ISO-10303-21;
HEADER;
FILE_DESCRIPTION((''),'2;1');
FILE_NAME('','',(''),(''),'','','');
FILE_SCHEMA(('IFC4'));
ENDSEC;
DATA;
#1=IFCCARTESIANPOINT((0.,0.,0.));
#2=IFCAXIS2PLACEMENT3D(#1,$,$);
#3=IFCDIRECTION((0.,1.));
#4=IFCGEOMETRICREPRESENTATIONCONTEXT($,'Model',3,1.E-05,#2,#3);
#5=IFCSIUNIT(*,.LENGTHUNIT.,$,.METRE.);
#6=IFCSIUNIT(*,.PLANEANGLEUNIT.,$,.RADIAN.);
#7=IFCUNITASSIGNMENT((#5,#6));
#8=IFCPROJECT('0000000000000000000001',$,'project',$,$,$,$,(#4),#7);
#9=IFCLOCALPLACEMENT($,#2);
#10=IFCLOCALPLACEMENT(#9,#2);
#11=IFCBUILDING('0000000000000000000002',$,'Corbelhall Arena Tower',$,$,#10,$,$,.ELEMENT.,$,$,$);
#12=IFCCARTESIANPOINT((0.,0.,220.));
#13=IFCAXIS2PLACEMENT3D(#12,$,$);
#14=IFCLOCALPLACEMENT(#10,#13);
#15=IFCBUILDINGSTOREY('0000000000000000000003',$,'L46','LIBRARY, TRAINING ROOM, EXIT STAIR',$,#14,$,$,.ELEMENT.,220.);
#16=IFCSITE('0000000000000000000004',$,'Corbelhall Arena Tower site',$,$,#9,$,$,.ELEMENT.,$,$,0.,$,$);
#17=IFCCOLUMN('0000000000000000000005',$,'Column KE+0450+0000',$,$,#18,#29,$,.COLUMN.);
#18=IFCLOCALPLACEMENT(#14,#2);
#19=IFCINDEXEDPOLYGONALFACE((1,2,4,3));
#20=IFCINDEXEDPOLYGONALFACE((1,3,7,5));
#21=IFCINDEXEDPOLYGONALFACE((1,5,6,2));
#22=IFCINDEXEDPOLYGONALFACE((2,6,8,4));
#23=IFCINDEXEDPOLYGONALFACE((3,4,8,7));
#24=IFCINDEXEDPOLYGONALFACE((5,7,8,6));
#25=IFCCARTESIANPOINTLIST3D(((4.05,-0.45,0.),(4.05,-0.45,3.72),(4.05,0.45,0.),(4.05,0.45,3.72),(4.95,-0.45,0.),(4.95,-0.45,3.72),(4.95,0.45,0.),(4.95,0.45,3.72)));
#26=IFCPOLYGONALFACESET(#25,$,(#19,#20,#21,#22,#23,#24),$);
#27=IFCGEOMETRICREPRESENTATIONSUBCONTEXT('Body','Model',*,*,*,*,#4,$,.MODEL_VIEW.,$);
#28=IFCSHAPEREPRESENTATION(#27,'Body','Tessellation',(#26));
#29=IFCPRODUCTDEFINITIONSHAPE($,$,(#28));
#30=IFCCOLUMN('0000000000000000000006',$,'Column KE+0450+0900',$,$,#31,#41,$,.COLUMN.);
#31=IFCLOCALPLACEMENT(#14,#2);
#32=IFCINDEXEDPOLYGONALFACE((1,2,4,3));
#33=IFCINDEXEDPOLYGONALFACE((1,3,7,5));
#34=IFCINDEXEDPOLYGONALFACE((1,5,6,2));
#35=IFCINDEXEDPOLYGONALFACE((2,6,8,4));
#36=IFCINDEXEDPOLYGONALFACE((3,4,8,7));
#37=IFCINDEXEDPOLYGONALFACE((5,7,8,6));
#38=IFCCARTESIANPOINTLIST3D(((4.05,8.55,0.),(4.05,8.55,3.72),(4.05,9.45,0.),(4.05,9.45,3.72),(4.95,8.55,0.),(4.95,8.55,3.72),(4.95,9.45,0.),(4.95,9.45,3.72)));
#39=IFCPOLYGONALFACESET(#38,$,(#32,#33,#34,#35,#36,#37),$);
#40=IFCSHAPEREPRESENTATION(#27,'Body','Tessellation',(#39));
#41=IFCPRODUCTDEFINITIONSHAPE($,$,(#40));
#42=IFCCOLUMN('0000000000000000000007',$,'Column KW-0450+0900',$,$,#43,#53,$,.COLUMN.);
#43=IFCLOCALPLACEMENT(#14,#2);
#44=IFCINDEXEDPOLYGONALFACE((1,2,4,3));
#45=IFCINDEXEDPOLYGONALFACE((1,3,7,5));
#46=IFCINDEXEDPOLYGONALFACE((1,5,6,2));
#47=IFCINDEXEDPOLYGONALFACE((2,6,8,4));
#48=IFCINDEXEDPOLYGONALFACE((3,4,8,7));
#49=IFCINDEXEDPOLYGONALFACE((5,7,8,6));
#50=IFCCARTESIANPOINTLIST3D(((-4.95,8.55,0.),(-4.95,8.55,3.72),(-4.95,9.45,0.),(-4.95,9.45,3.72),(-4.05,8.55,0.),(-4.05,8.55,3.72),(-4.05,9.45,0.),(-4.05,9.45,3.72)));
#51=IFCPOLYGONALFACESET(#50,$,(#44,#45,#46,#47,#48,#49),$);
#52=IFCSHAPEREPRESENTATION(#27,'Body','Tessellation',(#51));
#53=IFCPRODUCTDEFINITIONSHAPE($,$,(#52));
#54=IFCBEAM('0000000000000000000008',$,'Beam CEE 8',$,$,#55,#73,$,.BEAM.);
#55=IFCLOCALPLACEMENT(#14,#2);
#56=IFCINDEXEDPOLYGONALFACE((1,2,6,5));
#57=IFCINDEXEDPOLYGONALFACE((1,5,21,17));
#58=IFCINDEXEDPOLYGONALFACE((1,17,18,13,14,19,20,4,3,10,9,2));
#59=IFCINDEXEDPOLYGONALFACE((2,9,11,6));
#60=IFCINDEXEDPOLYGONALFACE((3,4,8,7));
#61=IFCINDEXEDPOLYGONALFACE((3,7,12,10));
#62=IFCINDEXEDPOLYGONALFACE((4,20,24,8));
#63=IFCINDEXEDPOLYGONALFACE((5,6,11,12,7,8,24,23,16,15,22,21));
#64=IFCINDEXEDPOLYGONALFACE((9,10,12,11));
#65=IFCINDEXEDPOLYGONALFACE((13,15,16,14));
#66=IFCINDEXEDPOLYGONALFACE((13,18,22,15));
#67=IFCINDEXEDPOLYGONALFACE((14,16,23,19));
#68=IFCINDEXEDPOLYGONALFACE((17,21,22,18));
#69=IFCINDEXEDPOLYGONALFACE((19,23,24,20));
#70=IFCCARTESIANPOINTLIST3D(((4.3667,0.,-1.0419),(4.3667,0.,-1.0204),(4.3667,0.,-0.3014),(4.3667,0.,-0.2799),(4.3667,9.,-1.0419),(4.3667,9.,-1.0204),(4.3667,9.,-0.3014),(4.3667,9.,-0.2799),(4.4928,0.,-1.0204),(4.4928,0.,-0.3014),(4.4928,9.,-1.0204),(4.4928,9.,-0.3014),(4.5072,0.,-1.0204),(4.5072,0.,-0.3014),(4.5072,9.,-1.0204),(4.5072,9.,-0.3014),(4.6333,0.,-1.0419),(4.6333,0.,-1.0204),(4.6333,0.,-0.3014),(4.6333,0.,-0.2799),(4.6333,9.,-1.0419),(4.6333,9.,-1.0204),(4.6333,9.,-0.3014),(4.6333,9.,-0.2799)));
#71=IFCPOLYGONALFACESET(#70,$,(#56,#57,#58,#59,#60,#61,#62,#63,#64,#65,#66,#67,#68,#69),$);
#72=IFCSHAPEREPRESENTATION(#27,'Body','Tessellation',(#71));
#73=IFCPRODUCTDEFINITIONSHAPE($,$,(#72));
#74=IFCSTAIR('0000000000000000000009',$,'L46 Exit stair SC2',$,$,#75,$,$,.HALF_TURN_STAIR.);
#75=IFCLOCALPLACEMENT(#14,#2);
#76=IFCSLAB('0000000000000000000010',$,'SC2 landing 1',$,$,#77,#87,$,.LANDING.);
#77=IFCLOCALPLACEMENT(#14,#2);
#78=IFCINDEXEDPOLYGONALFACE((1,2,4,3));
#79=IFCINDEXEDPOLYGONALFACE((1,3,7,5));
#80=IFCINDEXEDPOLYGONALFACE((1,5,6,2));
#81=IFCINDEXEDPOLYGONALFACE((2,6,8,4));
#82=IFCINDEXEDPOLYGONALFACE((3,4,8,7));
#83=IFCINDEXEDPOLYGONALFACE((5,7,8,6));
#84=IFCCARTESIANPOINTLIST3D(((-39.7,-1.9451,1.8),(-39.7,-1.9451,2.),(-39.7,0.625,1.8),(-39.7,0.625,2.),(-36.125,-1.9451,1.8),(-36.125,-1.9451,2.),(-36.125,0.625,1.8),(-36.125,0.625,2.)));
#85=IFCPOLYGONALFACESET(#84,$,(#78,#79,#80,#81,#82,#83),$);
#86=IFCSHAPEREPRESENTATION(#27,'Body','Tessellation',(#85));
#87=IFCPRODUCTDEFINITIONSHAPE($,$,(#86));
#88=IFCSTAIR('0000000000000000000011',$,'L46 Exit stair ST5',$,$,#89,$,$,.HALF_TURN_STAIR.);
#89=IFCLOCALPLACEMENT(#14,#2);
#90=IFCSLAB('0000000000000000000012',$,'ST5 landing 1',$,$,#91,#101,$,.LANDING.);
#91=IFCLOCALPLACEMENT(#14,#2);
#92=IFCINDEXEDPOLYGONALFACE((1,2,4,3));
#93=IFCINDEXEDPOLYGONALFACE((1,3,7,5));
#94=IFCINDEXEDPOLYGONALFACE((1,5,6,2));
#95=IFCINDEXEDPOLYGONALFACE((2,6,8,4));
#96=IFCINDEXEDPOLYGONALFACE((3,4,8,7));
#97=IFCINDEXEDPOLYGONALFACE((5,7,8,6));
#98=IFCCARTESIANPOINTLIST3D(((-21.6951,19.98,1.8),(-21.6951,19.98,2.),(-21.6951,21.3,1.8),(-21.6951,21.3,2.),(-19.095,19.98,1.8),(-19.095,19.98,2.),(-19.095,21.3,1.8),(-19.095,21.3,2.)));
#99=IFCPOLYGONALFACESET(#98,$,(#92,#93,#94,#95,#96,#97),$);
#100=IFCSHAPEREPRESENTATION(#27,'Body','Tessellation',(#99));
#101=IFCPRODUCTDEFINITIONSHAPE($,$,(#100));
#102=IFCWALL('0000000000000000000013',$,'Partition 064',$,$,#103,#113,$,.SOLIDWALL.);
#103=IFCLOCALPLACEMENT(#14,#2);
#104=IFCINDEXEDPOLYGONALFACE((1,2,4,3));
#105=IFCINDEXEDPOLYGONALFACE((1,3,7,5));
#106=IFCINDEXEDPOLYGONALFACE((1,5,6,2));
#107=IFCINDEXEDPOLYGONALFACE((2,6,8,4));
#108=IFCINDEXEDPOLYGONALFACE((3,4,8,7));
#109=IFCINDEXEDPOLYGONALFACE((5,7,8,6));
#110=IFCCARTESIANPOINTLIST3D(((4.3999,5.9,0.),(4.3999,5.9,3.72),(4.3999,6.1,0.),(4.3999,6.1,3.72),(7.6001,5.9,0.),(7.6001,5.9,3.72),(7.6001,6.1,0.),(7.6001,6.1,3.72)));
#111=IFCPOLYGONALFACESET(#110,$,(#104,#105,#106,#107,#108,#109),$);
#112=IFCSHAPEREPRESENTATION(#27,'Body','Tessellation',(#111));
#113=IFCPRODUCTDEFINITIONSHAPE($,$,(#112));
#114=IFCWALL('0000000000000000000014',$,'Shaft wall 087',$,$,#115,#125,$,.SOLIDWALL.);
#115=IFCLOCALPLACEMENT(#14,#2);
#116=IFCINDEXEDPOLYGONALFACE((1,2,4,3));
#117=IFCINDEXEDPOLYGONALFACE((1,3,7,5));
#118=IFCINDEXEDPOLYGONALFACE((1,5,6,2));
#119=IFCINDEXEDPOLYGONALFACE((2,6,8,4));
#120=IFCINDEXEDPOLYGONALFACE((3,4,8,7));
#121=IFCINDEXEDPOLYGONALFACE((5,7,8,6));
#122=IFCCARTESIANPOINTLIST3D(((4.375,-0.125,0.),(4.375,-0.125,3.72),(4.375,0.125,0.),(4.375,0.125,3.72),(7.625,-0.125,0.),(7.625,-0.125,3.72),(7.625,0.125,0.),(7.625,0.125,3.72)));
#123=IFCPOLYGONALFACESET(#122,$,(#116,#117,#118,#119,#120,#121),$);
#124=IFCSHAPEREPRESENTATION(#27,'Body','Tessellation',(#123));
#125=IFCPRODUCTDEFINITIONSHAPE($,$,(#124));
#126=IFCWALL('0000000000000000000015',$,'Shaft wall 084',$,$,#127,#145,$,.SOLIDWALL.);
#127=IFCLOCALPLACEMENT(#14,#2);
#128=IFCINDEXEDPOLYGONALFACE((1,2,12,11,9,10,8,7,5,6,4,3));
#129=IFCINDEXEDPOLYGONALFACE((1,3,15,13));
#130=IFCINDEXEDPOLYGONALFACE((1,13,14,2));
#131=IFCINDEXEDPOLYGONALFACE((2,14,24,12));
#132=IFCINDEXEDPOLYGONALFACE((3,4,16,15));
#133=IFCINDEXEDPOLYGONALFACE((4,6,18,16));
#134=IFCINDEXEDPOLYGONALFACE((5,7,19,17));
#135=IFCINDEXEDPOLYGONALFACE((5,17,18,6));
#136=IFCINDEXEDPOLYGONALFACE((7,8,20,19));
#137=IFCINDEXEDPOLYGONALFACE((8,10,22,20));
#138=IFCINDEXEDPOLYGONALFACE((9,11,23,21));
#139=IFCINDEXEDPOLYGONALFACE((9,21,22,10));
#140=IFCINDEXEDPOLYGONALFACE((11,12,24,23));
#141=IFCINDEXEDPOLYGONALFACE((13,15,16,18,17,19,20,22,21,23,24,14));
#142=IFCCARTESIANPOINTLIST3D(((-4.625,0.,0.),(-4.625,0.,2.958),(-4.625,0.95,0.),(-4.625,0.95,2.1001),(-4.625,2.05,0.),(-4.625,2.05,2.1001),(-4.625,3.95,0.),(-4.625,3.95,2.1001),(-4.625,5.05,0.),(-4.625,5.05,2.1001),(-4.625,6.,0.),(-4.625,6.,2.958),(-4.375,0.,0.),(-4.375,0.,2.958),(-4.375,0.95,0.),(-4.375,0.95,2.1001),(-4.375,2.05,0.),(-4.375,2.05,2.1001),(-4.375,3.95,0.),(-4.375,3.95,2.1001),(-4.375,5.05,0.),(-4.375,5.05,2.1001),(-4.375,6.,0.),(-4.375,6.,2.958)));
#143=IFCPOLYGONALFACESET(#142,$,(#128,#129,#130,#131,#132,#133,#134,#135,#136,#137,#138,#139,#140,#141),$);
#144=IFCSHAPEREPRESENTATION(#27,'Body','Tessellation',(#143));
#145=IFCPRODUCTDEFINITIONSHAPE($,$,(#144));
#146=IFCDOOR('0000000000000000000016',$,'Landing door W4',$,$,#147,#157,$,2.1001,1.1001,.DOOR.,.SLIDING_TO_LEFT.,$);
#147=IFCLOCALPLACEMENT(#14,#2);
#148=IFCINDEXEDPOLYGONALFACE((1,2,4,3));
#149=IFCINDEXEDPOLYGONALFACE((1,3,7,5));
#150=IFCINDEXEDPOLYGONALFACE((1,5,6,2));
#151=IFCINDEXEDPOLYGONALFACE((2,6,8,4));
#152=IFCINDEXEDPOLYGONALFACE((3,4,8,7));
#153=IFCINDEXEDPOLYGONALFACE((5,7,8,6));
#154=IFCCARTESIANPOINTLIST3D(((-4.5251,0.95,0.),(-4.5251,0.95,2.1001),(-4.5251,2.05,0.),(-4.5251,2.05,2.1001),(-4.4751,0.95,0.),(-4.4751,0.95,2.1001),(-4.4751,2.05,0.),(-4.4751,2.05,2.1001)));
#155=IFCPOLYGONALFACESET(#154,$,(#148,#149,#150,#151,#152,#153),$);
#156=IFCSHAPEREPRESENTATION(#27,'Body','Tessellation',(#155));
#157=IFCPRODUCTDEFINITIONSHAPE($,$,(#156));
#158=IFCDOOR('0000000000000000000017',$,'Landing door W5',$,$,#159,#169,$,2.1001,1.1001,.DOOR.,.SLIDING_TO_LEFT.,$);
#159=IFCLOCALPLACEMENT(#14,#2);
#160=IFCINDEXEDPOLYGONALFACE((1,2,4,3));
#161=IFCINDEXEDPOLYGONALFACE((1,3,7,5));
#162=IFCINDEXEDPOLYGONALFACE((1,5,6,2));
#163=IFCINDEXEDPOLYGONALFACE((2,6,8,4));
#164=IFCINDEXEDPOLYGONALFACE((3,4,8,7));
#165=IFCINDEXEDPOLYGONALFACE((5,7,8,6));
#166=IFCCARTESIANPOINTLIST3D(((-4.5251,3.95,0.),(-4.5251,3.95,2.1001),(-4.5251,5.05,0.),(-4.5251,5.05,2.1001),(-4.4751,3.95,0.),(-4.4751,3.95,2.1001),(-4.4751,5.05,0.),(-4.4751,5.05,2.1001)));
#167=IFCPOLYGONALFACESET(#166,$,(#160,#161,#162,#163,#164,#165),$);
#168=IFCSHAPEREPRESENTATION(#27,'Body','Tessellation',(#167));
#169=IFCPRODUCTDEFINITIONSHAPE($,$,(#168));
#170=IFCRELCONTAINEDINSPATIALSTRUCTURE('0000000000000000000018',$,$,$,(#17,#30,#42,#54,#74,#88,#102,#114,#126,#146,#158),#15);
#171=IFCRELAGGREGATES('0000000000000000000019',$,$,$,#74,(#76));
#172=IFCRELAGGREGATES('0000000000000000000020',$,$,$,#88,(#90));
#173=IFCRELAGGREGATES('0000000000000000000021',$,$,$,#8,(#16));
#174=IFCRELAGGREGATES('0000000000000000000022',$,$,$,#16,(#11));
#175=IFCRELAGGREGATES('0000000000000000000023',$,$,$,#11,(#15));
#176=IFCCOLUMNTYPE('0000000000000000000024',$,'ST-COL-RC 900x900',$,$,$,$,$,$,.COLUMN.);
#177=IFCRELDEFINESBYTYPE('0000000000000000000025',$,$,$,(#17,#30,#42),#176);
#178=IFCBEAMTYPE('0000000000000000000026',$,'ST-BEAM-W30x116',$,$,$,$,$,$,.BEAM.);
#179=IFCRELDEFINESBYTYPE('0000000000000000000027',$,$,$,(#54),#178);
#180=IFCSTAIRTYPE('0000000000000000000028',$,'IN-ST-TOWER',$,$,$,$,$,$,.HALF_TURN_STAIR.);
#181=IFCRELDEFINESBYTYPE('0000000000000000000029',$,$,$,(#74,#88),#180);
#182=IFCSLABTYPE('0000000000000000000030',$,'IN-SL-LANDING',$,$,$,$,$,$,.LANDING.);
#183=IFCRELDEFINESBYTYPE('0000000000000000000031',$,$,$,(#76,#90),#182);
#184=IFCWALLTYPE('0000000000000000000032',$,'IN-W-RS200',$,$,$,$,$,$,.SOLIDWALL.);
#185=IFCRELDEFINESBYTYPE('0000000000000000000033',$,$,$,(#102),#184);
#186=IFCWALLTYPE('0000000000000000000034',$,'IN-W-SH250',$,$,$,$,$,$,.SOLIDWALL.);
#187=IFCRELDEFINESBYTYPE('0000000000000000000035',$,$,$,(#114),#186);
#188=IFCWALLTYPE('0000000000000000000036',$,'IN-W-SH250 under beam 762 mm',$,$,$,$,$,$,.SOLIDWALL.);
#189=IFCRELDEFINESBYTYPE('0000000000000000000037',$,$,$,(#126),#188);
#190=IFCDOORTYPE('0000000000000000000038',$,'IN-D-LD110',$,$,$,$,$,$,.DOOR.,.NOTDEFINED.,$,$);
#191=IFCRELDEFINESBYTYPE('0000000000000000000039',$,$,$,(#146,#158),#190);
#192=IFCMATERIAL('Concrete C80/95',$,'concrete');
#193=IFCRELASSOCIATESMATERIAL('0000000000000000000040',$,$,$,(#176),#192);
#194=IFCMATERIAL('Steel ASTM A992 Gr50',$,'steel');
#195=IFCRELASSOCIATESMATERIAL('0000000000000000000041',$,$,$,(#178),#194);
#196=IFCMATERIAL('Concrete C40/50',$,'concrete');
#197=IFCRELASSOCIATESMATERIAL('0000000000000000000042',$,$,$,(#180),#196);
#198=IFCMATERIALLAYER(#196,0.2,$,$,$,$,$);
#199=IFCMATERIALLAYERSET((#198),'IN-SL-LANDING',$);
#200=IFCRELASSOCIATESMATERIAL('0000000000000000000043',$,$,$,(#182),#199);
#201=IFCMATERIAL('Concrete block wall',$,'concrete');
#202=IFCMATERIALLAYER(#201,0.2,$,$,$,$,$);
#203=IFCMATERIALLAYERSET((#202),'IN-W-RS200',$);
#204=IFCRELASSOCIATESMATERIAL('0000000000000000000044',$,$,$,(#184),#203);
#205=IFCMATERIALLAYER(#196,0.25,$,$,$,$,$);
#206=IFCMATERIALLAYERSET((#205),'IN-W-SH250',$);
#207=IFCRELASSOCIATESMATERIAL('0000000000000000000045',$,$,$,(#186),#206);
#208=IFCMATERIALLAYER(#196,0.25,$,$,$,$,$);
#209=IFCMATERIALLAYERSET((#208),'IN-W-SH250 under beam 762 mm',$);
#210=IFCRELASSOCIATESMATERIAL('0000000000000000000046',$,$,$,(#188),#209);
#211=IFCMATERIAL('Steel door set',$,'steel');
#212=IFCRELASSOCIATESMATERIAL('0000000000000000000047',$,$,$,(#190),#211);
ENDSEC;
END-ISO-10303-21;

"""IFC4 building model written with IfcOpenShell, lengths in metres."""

from ifc_helpers import new_model, si_unit, direction, frame, frame_2d, origin, origin_2d, place, context, subcontext, project, spatial, polyline, rectangle, i_section, outline, extrude, material, layer, layer_set, material_profile, profile_set, type_object, element, fill, aggregate, save


model = new_model("IFC4")

# Units and contexts
model_context = context("Model", 3, precision=1e-05, world=origin(), true_north=direction((0.0, 1.0)))
body_context = subcontext(model_context, "Body", "Model", "MODEL_VIEW")
ifc_project = project(units=[si_unit("LENGTHUNIT", "METRE"), si_unit("PLANEANGLEUNIT", "RADIAN")], contexts=[model_context])

# Site, building, storey
site_placement = place(None, origin())
site = spatial("IfcSite", under=ifc_project, at=site_placement, Name="Corbelhall Arena Tower site", CompositionType="ELEMENT", RefElevation=0.0)
building_placement = place(site_placement, origin())
building = spatial("IfcBuilding", under=site, at=building_placement, Name="Corbelhall Arena Tower", CompositionType="ELEMENT")
storey_placement = place(building_placement, frame((0.0, 0.0, 220.0)))
storey = spatial("IfcBuildingStorey", under=building, at=storey_placement, Name="L46", Description="LIBRARY, TRAINING ROOM, EXIT STAIR", CompositionType="ELEMENT", Elevation=220.0)

# Columns
ifc_material_1 = material(Name="Concrete C80/95", Category="concrete")
ifc_material_profile_1 = material_profile(ifc_material_1, rectangle(XDim=0.8999, YDim=0.8999, at=origin_2d()))
ifc_profile_set_1 = profile_set([ifc_material_profile_1], Name="Concrete C80/95")
column_type = type_object("IfcColumnType", Name="ST-COL-RC 900x900", PredefinedType="COLUMN", material=ifc_profile_set_1)
for number, where, z_axis, x_axis, name in (
    (1, (4.5, 0.0, 0.0), (0.0, 0.0, 1.0), (1.0, 0.0, 0.0), "Column KE+0450+0000"),
    (2, (4.5, 9.0, 0.0), (0.0, 0.0, 1.0), (1.0, 0.0, 0.0), "Column KE+0450+0900"),
    (3, (-4.5, 9.0, 0.0), (0.0, 0.0, 1.0), (1.0, 0.0, 0.0), "Column KW-0450+0900"),
):
    element("IfcColumn", number, at=place(storey_placement, frame(where, z_axis=z_axis, x_axis=x_axis)), inside=storey, type_object=column_type, Name=name, PredefinedType="COLUMN", context=body_context, shape_type="SweptSolid", body=[
        extrude(rectangle(XDim=0.8999, YDim=0.8999, at=origin_2d()), origin(), (0.0, 0.0, 1.0), 3.72),
    ])

# Beam
ifc_material_2 = material(Name="Steel ASTM A992 Gr50", Category="steel")
ifc_material_profile_2 = material_profile(ifc_material_2, i_section(OverallWidth=0.2666, OverallDepth=0.762, WebThickness=0.0144, FlangeThickness=0.0215, at=origin_2d()))
ifc_profile_set_2 = profile_set([ifc_material_profile_2], Name="Steel ASTM A992 Gr50")
beam_type = type_object("IfcBeamType", Name="ST-BEAM-W30x116", PredefinedType="BEAM", material=ifc_profile_set_2)
beam_placement = place(storey_placement, frame((4.5, 0.0, -0.6609), z_axis=(0.0, 1.0, 0.0), x_axis=(-1.0, 0.0, 0.0)))
element("IfcBeam", 4, at=beam_placement, inside=storey, type_object=beam_type, Name="Beam CEE 8", PredefinedType="BEAM", context=body_context, shape_type="SweptSolid", body=[
    extrude(i_section(OverallWidth=0.2666, OverallDepth=0.762, WebThickness=0.0144, FlangeThickness=0.0215, at=origin_2d()), origin(), (0.0, 0.0, 1.0), 9.0),
])

# Stairs, slabs
ifc_material_3 = material(Name="Concrete C40/50", Category="concrete")
stair_type = type_object("IfcStairType", Name="IN-ST-TOWER", PredefinedType="HALF_TURN_STAIR", material=ifc_material_3)
stair_1_placement = place(storey_placement, origin())
stair_1 = element("IfcStair", 5, at=stair_1_placement, inside=storey, type_object=stair_type, Name="L46 Exit stair SC2", PredefinedType="HALF_TURN_STAIR")
ifc_layer_1 = layer(ifc_material_3, 0.2)
ifc_layer_set_1 = layer_set([ifc_layer_1], Name="IN-SL-LANDING")
slab_type = type_object("IfcSlabType", Name="IN-SL-LANDING", PredefinedType="LANDING", material=ifc_layer_set_1)
slab_1_placement = place(storey_placement, frame((0.0, 0.0, 1.8)))
slab_1 = element("IfcSlab", 6, at=slab_1_placement, type_object=slab_type, Name="SC2 landing 1", PredefinedType="LANDING", context=body_context, shape_type="SweptSolid", body=[
    extrude(outline(polyline([(-36.125, -1.9451), (-36.125, 0.625), (-39.7, 0.625), (-39.7, -1.9451), (-36.125, -1.9451)])), origin(), (0.0, 0.0, 1.0), 0.2),
])
aggregate(stair_1, [slab_1])
stair_2_placement = place(storey_placement, origin())
stair_2 = element("IfcStair", 7, at=stair_2_placement, inside=storey, type_object=stair_type, Name="L46 Exit stair ST5", PredefinedType="HALF_TURN_STAIR")
slab_2_placement = place(storey_placement, frame((0.0, 0.0, 1.8)))
slab_2 = element("IfcSlab", 8, at=slab_2_placement, type_object=slab_type, Name="ST5 landing 1", PredefinedType="LANDING", context=body_context, shape_type="SweptSolid", body=[
    extrude(outline(polyline([(-19.095, 19.98), (-19.095, 21.3), (-21.6951, 21.3), (-21.6951, 19.98), (-19.095, 19.98)])), origin(), (0.0, 0.0, 1.0), 0.2),
])
aggregate(stair_2, [slab_2])

# Wall
ifc_material_4 = material(Name="Concrete block wall", Category="concrete")
ifc_layer_2 = layer(ifc_material_4, 0.2)
ifc_layer_set_2 = layer_set([ifc_layer_2], Name="IN-W-RS200")
wall_type_1 = type_object("IfcWallType", Name="IN-W-RS200", PredefinedType="SOLIDWALL", material=ifc_layer_set_2)
wall_1_placement = place(storey_placement, frame((4.3999, 6.0, 0.0), z_axis=(0.0, 0.0, 1.0), x_axis=(1.0, 0.0, 0.0)))
element("IfcWall", 9, at=wall_1_placement, inside=storey, type_object=wall_type_1, Name="Partition 064", PredefinedType="SOLIDWALL", context=body_context, shape_type="SweptSolid", body=[
    extrude(rectangle(XDim=3.2002, YDim=0.2, at=frame_2d((1.6001, 0.0))), origin(), (0.0, 0.0, 1.0), 3.72),
])

# Shared definitions
ifc_material_5 = material(Name="Steel door set", Category="steel")

# Wall
ifc_layer_3 = layer(ifc_material_3, 0.25)
ifc_layer_set_3 = layer_set([ifc_layer_3], Name="IN-W-SH250")
wall_type_2 = type_object("IfcWallType", Name="IN-W-SH250", PredefinedType="SOLIDWALL", material=ifc_layer_set_3)
wall_2_placement = place(storey_placement, frame((4.375, 0.0, 0.0), z_axis=(0.0, 0.0, 1.0), x_axis=(1.0, 0.0, 0.0)))
element("IfcWall", 10, at=wall_2_placement, inside=storey, type_object=wall_type_2, Name="Shaft wall 087", PredefinedType="SOLIDWALL", context=body_context, shape_type="SweptSolid", body=[
    extrude(rectangle(XDim=3.25, YDim=0.25, at=frame_2d((1.625, 0.0))), origin(), (0.0, 0.0, 1.0), 3.72),
])

# Wall, openings, doors
ifc_layer_4 = layer(ifc_material_3, 0.25)
ifc_layer_set_4 = layer_set([ifc_layer_4], Name="IN-W-SH250 under beam 762 mm")
wall_type_3 = type_object("IfcWallType", Name="IN-W-SH250 under beam 762 mm", PredefinedType="SOLIDWALL", material=ifc_layer_set_4)
wall_3_placement = place(storey_placement, frame((-4.5, 6.0, 0.0), z_axis=(0.0, 0.0, 1.0), x_axis=(0.0, -1.0, 0.0)))
wall_3 = element("IfcWall", 11, at=wall_3_placement, inside=storey, type_object=wall_type_3, Name="Shaft wall 084", PredefinedType="SOLIDWALL", context=body_context, shape_type="SweptSolid", body=[
    extrude(rectangle(XDim=6.0, YDim=0.25, at=frame_2d((3.0, 0.0))), origin(), (0.0, 0.0, 1.0), 2.958),
])
opening_1_placement = place(wall_3_placement, frame((3.95, 0.0, 0.0)))
opening_1 = element("IfcOpeningElement", 12, at=opening_1_placement, cuts=wall_3, PredefinedType="OPENING", context=body_context, shape_type="SweptSolid", body=[
    extrude(rectangle(XDim=1.1001, YDim=2.1001, at=frame_2d((0.55, 1.05))), frame((0.0, 0.125, 0.0), z_axis=(0.0, -1.0, 0.0), x_axis=(1.0, 0.0, 0.0)), (0.0, 0.0, 1.0), 0.25),
])
opening_2_placement = place(wall_3_placement, frame((0.95, 0.0, 0.0)))
opening_2 = element("IfcOpeningElement", 13, at=opening_2_placement, cuts=wall_3, PredefinedType="OPENING", context=body_context, shape_type="SweptSolid", body=[
    extrude(rectangle(XDim=1.1001, YDim=2.1001, at=frame_2d((0.55, 1.05))), frame((0.0, 0.125, 0.0), z_axis=(0.0, -1.0, 0.0), x_axis=(1.0, 0.0, 0.0)), (0.0, 0.0, 1.0), 0.25),
])
door_type_1 = type_object("IfcDoorType", Name="IN-D-LD110", OperationType="NOTDEFINED", PredefinedType="DOOR", material=ifc_material_5)
door_1_placement = place(opening_1_placement, origin())
door_1 = element("IfcDoor", 14, at=door_1_placement, inside=storey, type_object=door_type_1, Name="Landing door W4", OperationType="SLIDING_TO_LEFT", OverallHeight=2.1001, OverallWidth=1.1001, PredefinedType="DOOR", context=body_context, shape_type="SweptSolid", body=[
    extrude(rectangle(XDim=1.1001, YDim=2.1001, at=frame_2d((0.55, 1.05))), frame((0.0, 0.0249, 0.0), z_axis=(0.0, -1.0, 0.0), x_axis=(1.0, 0.0, 0.0)), (0.0, 0.0, 1.0), 0.05),
])
fill(opening_1, door_1)
door_2_placement = place(opening_2_placement, origin())
door_2 = element("IfcDoor", 15, at=door_2_placement, inside=storey, type_object=door_type_1, Name="Landing door W5", OperationType="SLIDING_TO_LEFT", OverallHeight=2.1001, OverallWidth=1.1001, PredefinedType="DOOR", context=body_context, shape_type="SweptSolid", body=[
    extrude(rectangle(XDim=1.1001, YDim=2.1001, at=frame_2d((0.55, 1.05))), frame((0.0, 0.0249, 0.0), z_axis=(0.0, -1.0, 0.0), x_axis=(1.0, 0.0, 0.0)), (0.0, 0.0, 1.0), 0.05),
])
fill(opening_2, door_2)

save(model, "model.ifc")
